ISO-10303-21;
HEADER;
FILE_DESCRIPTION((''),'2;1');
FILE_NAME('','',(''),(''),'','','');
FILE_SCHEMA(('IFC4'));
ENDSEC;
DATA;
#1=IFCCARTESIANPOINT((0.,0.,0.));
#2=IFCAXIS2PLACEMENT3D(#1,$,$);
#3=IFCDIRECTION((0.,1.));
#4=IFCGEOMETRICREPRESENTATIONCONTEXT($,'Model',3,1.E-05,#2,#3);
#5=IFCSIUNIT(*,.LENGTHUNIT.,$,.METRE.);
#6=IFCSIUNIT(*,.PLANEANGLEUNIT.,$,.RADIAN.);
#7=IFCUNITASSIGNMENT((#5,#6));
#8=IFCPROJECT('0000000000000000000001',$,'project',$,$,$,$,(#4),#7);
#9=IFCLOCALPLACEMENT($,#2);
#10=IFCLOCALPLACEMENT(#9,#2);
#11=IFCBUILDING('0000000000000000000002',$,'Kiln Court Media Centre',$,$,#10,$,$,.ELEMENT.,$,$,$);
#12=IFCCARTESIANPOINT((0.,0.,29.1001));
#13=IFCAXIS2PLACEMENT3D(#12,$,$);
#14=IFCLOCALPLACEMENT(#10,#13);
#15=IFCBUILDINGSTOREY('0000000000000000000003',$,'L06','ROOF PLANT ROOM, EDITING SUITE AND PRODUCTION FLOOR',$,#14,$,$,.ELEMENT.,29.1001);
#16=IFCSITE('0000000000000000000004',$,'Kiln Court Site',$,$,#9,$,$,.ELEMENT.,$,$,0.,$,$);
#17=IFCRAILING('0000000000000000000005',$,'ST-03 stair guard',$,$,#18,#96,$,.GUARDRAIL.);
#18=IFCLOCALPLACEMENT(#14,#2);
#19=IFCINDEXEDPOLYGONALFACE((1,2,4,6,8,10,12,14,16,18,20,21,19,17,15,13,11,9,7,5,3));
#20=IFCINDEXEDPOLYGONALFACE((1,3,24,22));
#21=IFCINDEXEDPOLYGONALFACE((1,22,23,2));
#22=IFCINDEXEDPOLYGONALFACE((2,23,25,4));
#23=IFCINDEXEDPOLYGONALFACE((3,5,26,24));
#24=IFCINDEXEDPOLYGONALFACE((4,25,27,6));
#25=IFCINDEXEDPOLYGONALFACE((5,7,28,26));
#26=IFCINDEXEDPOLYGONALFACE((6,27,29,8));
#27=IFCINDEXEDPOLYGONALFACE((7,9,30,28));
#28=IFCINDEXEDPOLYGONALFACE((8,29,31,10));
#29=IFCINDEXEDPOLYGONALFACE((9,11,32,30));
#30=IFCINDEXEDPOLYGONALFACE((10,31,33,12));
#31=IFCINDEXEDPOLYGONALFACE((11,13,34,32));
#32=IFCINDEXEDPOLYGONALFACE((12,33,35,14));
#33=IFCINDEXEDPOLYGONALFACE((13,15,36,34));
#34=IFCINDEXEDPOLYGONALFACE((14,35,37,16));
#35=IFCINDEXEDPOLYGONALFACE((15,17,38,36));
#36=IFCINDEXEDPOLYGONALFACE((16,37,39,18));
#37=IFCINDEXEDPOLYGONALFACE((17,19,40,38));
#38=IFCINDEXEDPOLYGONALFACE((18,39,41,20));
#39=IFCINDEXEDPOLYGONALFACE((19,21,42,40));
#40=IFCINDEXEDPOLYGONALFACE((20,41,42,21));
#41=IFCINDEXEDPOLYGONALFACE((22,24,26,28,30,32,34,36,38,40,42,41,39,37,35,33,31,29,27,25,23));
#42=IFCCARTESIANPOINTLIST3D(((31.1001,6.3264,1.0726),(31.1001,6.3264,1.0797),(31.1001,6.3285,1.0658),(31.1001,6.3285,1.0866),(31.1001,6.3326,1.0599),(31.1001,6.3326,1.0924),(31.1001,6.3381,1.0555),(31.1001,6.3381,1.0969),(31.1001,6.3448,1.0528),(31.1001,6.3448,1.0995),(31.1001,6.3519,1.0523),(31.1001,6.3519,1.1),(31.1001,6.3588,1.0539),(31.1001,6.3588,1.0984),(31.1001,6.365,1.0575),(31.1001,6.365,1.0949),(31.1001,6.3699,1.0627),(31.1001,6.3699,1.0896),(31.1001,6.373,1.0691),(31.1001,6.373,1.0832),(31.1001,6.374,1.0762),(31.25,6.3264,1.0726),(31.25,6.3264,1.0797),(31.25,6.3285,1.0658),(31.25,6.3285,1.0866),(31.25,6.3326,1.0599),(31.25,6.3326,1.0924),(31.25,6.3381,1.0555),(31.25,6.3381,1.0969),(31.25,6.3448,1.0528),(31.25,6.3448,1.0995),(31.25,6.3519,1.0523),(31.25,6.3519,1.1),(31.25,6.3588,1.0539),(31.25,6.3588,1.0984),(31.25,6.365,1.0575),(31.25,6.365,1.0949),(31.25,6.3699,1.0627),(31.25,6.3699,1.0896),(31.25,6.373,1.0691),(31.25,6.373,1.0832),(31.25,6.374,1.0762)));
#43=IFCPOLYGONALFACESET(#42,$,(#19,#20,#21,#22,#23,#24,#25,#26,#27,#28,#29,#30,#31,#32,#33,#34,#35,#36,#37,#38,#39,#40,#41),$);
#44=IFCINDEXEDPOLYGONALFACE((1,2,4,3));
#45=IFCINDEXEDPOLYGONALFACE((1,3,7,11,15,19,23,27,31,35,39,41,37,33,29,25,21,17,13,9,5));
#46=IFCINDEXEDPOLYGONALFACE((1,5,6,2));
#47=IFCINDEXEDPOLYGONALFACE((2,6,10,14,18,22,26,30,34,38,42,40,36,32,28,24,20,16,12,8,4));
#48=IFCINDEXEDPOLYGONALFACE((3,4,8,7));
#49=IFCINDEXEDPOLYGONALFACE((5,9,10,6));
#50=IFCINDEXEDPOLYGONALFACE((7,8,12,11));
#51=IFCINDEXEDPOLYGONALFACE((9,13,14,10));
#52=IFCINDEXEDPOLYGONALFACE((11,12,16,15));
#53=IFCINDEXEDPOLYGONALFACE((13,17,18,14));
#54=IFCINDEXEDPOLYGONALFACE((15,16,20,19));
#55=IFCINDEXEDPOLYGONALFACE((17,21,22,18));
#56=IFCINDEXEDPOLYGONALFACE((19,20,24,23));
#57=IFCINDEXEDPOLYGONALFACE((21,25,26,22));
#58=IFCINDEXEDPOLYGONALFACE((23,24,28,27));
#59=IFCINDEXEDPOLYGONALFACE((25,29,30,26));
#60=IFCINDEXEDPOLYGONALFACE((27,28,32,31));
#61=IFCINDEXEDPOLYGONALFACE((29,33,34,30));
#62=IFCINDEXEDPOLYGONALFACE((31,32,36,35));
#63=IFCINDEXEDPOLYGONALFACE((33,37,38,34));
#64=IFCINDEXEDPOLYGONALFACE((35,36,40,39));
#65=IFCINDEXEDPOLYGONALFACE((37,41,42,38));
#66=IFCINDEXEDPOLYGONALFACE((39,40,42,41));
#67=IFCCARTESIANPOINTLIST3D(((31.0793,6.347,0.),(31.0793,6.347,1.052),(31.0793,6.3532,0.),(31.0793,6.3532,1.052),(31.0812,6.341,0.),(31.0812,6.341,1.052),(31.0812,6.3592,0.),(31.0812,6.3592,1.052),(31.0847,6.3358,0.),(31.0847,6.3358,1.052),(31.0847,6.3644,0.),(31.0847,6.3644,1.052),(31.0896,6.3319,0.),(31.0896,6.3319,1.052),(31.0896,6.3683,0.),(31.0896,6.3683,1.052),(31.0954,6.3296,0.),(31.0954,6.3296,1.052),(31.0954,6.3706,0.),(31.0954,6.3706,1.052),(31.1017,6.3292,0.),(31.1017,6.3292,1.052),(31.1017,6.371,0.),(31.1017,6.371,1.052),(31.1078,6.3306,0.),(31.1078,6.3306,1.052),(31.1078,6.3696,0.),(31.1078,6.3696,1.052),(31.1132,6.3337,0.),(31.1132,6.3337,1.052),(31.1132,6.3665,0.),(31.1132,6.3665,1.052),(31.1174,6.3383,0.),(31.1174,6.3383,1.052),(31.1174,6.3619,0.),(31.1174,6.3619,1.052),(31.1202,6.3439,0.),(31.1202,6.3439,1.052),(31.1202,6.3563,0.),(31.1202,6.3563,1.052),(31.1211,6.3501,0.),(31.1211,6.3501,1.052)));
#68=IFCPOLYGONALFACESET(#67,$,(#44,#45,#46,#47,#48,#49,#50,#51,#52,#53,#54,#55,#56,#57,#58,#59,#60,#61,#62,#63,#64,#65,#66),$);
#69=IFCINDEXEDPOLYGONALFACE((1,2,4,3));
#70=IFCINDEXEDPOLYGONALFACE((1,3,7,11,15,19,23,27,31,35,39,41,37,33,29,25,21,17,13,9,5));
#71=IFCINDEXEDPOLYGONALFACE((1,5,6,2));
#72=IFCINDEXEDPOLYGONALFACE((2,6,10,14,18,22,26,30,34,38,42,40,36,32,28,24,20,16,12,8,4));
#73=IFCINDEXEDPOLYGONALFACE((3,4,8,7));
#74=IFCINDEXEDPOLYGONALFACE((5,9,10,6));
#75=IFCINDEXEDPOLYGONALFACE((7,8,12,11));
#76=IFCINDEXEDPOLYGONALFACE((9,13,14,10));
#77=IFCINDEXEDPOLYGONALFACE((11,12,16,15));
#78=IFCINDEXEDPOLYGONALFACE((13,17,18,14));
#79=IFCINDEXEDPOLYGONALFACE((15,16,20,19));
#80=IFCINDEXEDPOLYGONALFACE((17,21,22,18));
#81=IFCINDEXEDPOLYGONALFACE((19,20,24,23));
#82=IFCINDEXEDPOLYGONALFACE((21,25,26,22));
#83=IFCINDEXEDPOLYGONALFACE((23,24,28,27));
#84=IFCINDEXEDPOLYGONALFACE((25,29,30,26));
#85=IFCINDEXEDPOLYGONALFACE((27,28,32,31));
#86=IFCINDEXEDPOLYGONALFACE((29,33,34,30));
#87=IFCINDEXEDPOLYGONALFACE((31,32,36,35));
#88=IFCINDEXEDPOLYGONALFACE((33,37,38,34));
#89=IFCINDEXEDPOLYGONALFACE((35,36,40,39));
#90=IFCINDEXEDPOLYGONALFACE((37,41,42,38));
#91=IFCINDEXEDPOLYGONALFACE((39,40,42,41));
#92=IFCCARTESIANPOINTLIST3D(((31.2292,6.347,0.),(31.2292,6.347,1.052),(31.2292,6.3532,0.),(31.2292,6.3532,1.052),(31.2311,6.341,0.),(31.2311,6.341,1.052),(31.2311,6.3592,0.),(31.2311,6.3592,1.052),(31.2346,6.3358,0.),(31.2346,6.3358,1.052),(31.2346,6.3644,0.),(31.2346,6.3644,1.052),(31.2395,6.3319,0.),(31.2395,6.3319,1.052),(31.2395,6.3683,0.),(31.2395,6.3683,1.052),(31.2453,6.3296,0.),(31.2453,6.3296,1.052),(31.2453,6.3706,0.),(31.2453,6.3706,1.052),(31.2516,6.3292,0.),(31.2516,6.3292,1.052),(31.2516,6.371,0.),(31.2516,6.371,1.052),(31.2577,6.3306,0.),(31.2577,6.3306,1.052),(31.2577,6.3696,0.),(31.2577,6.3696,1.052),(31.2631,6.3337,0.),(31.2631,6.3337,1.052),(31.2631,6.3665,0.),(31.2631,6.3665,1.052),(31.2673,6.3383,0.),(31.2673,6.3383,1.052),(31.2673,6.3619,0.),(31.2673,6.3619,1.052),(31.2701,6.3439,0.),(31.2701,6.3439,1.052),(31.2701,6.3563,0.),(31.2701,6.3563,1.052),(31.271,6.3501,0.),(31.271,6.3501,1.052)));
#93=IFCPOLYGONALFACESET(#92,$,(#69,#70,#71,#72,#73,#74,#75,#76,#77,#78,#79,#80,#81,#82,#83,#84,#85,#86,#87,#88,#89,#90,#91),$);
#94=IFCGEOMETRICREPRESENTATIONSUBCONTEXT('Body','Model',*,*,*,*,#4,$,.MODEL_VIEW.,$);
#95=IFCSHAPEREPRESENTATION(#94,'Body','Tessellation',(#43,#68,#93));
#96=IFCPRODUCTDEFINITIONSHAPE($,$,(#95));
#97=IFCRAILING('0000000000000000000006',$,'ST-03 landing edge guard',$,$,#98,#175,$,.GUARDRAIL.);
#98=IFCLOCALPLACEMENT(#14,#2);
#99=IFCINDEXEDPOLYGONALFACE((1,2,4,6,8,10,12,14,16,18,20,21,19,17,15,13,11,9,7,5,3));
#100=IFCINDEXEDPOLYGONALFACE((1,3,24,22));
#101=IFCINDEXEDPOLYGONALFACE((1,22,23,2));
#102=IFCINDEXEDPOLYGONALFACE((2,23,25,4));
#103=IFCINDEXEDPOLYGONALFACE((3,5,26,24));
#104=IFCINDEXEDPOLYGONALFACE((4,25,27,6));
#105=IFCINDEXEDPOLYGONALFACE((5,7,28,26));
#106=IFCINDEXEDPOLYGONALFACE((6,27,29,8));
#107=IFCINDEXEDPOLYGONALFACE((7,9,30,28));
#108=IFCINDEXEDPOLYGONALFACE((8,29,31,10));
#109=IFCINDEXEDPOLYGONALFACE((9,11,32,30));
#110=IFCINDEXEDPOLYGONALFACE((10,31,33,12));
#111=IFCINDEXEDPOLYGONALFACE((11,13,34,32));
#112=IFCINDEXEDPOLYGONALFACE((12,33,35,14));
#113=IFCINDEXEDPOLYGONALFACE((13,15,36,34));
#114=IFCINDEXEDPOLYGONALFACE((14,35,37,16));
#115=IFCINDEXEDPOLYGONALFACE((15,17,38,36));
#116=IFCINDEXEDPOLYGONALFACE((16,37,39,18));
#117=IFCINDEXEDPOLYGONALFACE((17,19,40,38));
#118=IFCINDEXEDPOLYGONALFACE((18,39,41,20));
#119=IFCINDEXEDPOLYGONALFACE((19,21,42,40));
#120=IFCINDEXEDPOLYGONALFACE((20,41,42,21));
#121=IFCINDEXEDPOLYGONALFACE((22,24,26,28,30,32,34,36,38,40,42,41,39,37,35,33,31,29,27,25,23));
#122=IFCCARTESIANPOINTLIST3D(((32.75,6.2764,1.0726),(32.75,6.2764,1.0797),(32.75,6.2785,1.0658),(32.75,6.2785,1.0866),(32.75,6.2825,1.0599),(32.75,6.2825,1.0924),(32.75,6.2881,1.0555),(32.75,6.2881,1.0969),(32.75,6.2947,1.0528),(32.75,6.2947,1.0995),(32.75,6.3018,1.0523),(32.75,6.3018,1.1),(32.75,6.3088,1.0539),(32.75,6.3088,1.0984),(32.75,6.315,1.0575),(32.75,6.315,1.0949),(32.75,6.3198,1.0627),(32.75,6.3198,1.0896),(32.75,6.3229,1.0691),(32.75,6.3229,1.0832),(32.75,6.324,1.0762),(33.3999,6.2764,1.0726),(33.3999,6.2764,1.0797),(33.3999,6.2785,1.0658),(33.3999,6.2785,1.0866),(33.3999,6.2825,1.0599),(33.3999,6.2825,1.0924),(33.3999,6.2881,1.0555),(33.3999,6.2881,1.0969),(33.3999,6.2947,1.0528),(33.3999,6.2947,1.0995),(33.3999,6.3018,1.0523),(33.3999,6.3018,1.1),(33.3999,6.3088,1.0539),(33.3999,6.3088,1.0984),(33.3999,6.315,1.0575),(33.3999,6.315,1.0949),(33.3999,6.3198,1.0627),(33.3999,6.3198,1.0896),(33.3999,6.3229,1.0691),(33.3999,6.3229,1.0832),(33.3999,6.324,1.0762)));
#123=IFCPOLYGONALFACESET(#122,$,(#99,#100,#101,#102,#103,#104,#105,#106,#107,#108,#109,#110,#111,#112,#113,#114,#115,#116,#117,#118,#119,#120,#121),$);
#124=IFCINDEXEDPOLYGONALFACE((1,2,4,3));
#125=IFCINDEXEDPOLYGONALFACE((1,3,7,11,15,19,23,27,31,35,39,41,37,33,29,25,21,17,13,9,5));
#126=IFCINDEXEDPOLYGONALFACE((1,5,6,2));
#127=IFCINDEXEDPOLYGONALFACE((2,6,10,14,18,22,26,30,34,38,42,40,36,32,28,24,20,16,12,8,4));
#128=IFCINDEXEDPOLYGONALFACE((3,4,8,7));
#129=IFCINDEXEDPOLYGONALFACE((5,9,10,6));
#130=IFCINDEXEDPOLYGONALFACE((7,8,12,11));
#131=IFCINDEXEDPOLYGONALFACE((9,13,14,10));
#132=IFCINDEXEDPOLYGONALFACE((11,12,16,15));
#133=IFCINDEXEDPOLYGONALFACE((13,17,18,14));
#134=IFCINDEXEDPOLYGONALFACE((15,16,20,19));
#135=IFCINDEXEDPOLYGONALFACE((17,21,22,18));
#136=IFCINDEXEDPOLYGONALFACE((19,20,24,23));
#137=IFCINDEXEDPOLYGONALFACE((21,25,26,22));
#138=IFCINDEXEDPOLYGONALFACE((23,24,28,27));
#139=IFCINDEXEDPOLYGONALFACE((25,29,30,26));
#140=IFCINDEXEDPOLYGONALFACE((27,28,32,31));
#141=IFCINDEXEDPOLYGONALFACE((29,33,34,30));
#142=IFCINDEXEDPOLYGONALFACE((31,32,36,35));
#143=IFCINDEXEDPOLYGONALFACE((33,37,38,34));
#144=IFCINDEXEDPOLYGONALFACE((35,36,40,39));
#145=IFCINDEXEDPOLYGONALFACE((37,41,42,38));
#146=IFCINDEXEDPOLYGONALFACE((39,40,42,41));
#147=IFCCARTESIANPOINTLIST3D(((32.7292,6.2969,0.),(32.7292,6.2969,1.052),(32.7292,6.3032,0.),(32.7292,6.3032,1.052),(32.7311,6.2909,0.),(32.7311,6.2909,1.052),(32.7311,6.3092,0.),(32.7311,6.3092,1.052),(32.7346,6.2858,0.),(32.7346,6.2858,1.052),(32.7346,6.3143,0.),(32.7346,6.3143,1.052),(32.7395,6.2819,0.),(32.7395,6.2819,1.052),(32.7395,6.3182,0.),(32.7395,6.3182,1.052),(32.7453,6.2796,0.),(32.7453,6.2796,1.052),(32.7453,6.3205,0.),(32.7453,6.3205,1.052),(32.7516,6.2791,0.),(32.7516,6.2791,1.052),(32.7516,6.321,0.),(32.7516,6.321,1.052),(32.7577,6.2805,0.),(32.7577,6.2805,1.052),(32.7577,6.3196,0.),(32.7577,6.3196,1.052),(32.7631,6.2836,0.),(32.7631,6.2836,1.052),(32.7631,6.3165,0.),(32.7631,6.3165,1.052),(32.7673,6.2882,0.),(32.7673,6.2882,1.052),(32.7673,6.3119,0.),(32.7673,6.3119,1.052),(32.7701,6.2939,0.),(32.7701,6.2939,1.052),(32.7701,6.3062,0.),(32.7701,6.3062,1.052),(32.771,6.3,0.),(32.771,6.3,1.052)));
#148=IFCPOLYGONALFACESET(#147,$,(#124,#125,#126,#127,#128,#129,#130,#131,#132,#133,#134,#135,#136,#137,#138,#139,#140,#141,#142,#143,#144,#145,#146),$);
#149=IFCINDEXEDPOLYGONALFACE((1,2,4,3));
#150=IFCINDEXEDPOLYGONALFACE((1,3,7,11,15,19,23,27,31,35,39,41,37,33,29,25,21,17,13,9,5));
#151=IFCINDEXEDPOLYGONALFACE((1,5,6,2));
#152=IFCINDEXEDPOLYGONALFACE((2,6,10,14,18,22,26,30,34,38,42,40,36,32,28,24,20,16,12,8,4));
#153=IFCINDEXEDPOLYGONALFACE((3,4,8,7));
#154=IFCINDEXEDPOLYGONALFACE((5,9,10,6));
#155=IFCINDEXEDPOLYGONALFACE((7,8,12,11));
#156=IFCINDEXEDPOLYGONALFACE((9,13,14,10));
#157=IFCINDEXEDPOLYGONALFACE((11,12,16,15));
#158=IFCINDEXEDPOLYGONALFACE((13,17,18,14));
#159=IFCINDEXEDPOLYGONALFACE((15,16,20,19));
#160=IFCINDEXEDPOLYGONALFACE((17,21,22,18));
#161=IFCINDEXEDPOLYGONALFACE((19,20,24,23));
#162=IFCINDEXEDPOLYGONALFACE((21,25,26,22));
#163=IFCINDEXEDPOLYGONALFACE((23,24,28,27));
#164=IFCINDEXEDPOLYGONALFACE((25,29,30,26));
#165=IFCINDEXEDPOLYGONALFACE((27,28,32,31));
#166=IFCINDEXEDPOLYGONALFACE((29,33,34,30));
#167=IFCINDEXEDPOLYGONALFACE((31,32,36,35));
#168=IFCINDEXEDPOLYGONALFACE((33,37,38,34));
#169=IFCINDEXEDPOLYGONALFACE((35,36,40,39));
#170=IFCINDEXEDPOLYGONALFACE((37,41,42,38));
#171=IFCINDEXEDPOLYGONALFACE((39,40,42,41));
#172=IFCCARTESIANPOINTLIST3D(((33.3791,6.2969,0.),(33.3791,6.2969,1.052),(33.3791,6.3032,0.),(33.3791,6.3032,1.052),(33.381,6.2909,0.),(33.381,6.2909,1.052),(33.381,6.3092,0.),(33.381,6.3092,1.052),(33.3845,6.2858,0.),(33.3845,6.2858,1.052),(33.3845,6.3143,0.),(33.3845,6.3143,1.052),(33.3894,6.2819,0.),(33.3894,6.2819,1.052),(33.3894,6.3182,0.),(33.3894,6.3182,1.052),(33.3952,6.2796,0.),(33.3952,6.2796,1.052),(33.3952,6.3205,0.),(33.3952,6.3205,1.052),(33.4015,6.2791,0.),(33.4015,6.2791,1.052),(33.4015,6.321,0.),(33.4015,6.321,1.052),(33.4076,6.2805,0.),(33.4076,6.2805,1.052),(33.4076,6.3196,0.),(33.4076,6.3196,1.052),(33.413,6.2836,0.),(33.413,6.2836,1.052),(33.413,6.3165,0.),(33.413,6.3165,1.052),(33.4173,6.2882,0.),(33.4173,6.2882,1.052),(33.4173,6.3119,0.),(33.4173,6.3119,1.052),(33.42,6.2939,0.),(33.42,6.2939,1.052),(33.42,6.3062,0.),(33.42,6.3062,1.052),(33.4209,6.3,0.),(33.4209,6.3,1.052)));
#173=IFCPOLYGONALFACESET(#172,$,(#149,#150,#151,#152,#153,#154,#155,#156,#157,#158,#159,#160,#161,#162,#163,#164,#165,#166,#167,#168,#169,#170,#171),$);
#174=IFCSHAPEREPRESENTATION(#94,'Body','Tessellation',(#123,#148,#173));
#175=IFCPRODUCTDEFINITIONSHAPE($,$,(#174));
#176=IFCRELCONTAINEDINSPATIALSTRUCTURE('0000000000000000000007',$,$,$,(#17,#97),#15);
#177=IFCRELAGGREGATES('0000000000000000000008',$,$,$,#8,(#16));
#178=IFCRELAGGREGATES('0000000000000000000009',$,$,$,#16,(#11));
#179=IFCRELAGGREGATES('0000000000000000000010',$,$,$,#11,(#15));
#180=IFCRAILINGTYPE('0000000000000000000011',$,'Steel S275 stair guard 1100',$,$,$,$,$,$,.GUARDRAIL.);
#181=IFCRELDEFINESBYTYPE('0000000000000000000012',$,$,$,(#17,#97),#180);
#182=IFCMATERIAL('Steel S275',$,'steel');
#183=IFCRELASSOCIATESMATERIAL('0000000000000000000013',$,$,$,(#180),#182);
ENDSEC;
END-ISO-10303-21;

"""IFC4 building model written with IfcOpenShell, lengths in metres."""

from ifc_helpers import new_model, si_unit, direction, frame, origin, origin_2d, place, context, subcontext, project, spatial, circle, extrude, material, type_object, element, save


model = new_model("IFC4")

# Units and contexts
model_context = context("Model", 3, precision=1e-05, world=origin(), true_north=direction((0.0, 1.0)))
body_context = subcontext(model_context, "Body", "Model", "MODEL_VIEW")
ifc_project = project(units=[si_unit("LENGTHUNIT", "METRE"), si_unit("PLANEANGLEUNIT", "RADIAN")], contexts=[model_context])

# Site, building, storey
site_placement = place(None, origin())
site = spatial("IfcSite", under=ifc_project, at=site_placement, Name="Kiln Court Site", CompositionType="ELEMENT", RefElevation=0.0)
building_placement = place(site_placement, origin())
building = spatial("IfcBuilding", under=site, at=building_placement, Name="Kiln Court Media Centre", CompositionType="ELEMENT")
storey_placement = place(building_placement, frame((0.0, 0.0, 29.1001)))
storey = spatial("IfcBuildingStorey", under=building, at=storey_placement, Name="L06", Description="ROOF PLANT ROOM, EDITING SUITE AND PRODUCTION FLOOR", CompositionType="ELEMENT", Elevation=29.1001)

# Railings
ifc_material_1 = material(Name="Steel S275", Category="steel")
railing_type_1 = type_object("IfcRailingType", Name="Steel S275 stair guard 1100", PredefinedType="GUARDRAIL", material=ifc_material_1)
railing_1_placement = place(storey_placement, frame((31.1001, 6.3501, 0.0)))
element("IfcRailing", 1, at=railing_1_placement, inside=storey, type_object=railing_type_1, Name="ST-03 stair guard", PredefinedType="GUARDRAIL", context=body_context, shape_type="SweptSolid", body=[
    extrude(circle(Radius=0.0239, at=origin_2d()), frame((0.0, 0.0, 1.0762), z_axis=(1.0, 0.0, 0.0), x_axis=(0.0, 1.0, 0.0)), (0.0, 0.0, 1.0), 0.1499),
    extrude(circle(Radius=0.021, at=origin_2d()), origin(), (0.0, 0.0, 1.0), 1.052),
    extrude(circle(Radius=0.021, at=origin_2d()), frame((0.1499, 0.0, 0.0)), (0.0, 0.0, 1.0), 1.052),
])
railing_2_placement = place(storey_placement, frame((32.75, 6.3, 0.0)))
element("IfcRailing", 2, at=railing_2_placement, inside=storey, type_object=railing_type_1, Name="ST-03 landing edge guard", PredefinedType="GUARDRAIL", context=body_context, shape_type="SweptSolid", body=[
    extrude(circle(Radius=0.0239, at=origin_2d()), frame((0.0, 0.0, 1.0762), z_axis=(1.0, 0.0, 0.0), x_axis=(0.0, 1.0, 0.0)), (0.0, 0.0, 1.0), 0.6499),
    extrude(circle(Radius=0.021, at=origin_2d()), origin(), (0.0, 0.0, 1.0), 1.052),
    extrude(circle(Radius=0.021, at=origin_2d()), frame((0.6499, 0.0, 0.0)), (0.0, 0.0, 1.0), 1.052),
])

save(model, "model.ifc")
